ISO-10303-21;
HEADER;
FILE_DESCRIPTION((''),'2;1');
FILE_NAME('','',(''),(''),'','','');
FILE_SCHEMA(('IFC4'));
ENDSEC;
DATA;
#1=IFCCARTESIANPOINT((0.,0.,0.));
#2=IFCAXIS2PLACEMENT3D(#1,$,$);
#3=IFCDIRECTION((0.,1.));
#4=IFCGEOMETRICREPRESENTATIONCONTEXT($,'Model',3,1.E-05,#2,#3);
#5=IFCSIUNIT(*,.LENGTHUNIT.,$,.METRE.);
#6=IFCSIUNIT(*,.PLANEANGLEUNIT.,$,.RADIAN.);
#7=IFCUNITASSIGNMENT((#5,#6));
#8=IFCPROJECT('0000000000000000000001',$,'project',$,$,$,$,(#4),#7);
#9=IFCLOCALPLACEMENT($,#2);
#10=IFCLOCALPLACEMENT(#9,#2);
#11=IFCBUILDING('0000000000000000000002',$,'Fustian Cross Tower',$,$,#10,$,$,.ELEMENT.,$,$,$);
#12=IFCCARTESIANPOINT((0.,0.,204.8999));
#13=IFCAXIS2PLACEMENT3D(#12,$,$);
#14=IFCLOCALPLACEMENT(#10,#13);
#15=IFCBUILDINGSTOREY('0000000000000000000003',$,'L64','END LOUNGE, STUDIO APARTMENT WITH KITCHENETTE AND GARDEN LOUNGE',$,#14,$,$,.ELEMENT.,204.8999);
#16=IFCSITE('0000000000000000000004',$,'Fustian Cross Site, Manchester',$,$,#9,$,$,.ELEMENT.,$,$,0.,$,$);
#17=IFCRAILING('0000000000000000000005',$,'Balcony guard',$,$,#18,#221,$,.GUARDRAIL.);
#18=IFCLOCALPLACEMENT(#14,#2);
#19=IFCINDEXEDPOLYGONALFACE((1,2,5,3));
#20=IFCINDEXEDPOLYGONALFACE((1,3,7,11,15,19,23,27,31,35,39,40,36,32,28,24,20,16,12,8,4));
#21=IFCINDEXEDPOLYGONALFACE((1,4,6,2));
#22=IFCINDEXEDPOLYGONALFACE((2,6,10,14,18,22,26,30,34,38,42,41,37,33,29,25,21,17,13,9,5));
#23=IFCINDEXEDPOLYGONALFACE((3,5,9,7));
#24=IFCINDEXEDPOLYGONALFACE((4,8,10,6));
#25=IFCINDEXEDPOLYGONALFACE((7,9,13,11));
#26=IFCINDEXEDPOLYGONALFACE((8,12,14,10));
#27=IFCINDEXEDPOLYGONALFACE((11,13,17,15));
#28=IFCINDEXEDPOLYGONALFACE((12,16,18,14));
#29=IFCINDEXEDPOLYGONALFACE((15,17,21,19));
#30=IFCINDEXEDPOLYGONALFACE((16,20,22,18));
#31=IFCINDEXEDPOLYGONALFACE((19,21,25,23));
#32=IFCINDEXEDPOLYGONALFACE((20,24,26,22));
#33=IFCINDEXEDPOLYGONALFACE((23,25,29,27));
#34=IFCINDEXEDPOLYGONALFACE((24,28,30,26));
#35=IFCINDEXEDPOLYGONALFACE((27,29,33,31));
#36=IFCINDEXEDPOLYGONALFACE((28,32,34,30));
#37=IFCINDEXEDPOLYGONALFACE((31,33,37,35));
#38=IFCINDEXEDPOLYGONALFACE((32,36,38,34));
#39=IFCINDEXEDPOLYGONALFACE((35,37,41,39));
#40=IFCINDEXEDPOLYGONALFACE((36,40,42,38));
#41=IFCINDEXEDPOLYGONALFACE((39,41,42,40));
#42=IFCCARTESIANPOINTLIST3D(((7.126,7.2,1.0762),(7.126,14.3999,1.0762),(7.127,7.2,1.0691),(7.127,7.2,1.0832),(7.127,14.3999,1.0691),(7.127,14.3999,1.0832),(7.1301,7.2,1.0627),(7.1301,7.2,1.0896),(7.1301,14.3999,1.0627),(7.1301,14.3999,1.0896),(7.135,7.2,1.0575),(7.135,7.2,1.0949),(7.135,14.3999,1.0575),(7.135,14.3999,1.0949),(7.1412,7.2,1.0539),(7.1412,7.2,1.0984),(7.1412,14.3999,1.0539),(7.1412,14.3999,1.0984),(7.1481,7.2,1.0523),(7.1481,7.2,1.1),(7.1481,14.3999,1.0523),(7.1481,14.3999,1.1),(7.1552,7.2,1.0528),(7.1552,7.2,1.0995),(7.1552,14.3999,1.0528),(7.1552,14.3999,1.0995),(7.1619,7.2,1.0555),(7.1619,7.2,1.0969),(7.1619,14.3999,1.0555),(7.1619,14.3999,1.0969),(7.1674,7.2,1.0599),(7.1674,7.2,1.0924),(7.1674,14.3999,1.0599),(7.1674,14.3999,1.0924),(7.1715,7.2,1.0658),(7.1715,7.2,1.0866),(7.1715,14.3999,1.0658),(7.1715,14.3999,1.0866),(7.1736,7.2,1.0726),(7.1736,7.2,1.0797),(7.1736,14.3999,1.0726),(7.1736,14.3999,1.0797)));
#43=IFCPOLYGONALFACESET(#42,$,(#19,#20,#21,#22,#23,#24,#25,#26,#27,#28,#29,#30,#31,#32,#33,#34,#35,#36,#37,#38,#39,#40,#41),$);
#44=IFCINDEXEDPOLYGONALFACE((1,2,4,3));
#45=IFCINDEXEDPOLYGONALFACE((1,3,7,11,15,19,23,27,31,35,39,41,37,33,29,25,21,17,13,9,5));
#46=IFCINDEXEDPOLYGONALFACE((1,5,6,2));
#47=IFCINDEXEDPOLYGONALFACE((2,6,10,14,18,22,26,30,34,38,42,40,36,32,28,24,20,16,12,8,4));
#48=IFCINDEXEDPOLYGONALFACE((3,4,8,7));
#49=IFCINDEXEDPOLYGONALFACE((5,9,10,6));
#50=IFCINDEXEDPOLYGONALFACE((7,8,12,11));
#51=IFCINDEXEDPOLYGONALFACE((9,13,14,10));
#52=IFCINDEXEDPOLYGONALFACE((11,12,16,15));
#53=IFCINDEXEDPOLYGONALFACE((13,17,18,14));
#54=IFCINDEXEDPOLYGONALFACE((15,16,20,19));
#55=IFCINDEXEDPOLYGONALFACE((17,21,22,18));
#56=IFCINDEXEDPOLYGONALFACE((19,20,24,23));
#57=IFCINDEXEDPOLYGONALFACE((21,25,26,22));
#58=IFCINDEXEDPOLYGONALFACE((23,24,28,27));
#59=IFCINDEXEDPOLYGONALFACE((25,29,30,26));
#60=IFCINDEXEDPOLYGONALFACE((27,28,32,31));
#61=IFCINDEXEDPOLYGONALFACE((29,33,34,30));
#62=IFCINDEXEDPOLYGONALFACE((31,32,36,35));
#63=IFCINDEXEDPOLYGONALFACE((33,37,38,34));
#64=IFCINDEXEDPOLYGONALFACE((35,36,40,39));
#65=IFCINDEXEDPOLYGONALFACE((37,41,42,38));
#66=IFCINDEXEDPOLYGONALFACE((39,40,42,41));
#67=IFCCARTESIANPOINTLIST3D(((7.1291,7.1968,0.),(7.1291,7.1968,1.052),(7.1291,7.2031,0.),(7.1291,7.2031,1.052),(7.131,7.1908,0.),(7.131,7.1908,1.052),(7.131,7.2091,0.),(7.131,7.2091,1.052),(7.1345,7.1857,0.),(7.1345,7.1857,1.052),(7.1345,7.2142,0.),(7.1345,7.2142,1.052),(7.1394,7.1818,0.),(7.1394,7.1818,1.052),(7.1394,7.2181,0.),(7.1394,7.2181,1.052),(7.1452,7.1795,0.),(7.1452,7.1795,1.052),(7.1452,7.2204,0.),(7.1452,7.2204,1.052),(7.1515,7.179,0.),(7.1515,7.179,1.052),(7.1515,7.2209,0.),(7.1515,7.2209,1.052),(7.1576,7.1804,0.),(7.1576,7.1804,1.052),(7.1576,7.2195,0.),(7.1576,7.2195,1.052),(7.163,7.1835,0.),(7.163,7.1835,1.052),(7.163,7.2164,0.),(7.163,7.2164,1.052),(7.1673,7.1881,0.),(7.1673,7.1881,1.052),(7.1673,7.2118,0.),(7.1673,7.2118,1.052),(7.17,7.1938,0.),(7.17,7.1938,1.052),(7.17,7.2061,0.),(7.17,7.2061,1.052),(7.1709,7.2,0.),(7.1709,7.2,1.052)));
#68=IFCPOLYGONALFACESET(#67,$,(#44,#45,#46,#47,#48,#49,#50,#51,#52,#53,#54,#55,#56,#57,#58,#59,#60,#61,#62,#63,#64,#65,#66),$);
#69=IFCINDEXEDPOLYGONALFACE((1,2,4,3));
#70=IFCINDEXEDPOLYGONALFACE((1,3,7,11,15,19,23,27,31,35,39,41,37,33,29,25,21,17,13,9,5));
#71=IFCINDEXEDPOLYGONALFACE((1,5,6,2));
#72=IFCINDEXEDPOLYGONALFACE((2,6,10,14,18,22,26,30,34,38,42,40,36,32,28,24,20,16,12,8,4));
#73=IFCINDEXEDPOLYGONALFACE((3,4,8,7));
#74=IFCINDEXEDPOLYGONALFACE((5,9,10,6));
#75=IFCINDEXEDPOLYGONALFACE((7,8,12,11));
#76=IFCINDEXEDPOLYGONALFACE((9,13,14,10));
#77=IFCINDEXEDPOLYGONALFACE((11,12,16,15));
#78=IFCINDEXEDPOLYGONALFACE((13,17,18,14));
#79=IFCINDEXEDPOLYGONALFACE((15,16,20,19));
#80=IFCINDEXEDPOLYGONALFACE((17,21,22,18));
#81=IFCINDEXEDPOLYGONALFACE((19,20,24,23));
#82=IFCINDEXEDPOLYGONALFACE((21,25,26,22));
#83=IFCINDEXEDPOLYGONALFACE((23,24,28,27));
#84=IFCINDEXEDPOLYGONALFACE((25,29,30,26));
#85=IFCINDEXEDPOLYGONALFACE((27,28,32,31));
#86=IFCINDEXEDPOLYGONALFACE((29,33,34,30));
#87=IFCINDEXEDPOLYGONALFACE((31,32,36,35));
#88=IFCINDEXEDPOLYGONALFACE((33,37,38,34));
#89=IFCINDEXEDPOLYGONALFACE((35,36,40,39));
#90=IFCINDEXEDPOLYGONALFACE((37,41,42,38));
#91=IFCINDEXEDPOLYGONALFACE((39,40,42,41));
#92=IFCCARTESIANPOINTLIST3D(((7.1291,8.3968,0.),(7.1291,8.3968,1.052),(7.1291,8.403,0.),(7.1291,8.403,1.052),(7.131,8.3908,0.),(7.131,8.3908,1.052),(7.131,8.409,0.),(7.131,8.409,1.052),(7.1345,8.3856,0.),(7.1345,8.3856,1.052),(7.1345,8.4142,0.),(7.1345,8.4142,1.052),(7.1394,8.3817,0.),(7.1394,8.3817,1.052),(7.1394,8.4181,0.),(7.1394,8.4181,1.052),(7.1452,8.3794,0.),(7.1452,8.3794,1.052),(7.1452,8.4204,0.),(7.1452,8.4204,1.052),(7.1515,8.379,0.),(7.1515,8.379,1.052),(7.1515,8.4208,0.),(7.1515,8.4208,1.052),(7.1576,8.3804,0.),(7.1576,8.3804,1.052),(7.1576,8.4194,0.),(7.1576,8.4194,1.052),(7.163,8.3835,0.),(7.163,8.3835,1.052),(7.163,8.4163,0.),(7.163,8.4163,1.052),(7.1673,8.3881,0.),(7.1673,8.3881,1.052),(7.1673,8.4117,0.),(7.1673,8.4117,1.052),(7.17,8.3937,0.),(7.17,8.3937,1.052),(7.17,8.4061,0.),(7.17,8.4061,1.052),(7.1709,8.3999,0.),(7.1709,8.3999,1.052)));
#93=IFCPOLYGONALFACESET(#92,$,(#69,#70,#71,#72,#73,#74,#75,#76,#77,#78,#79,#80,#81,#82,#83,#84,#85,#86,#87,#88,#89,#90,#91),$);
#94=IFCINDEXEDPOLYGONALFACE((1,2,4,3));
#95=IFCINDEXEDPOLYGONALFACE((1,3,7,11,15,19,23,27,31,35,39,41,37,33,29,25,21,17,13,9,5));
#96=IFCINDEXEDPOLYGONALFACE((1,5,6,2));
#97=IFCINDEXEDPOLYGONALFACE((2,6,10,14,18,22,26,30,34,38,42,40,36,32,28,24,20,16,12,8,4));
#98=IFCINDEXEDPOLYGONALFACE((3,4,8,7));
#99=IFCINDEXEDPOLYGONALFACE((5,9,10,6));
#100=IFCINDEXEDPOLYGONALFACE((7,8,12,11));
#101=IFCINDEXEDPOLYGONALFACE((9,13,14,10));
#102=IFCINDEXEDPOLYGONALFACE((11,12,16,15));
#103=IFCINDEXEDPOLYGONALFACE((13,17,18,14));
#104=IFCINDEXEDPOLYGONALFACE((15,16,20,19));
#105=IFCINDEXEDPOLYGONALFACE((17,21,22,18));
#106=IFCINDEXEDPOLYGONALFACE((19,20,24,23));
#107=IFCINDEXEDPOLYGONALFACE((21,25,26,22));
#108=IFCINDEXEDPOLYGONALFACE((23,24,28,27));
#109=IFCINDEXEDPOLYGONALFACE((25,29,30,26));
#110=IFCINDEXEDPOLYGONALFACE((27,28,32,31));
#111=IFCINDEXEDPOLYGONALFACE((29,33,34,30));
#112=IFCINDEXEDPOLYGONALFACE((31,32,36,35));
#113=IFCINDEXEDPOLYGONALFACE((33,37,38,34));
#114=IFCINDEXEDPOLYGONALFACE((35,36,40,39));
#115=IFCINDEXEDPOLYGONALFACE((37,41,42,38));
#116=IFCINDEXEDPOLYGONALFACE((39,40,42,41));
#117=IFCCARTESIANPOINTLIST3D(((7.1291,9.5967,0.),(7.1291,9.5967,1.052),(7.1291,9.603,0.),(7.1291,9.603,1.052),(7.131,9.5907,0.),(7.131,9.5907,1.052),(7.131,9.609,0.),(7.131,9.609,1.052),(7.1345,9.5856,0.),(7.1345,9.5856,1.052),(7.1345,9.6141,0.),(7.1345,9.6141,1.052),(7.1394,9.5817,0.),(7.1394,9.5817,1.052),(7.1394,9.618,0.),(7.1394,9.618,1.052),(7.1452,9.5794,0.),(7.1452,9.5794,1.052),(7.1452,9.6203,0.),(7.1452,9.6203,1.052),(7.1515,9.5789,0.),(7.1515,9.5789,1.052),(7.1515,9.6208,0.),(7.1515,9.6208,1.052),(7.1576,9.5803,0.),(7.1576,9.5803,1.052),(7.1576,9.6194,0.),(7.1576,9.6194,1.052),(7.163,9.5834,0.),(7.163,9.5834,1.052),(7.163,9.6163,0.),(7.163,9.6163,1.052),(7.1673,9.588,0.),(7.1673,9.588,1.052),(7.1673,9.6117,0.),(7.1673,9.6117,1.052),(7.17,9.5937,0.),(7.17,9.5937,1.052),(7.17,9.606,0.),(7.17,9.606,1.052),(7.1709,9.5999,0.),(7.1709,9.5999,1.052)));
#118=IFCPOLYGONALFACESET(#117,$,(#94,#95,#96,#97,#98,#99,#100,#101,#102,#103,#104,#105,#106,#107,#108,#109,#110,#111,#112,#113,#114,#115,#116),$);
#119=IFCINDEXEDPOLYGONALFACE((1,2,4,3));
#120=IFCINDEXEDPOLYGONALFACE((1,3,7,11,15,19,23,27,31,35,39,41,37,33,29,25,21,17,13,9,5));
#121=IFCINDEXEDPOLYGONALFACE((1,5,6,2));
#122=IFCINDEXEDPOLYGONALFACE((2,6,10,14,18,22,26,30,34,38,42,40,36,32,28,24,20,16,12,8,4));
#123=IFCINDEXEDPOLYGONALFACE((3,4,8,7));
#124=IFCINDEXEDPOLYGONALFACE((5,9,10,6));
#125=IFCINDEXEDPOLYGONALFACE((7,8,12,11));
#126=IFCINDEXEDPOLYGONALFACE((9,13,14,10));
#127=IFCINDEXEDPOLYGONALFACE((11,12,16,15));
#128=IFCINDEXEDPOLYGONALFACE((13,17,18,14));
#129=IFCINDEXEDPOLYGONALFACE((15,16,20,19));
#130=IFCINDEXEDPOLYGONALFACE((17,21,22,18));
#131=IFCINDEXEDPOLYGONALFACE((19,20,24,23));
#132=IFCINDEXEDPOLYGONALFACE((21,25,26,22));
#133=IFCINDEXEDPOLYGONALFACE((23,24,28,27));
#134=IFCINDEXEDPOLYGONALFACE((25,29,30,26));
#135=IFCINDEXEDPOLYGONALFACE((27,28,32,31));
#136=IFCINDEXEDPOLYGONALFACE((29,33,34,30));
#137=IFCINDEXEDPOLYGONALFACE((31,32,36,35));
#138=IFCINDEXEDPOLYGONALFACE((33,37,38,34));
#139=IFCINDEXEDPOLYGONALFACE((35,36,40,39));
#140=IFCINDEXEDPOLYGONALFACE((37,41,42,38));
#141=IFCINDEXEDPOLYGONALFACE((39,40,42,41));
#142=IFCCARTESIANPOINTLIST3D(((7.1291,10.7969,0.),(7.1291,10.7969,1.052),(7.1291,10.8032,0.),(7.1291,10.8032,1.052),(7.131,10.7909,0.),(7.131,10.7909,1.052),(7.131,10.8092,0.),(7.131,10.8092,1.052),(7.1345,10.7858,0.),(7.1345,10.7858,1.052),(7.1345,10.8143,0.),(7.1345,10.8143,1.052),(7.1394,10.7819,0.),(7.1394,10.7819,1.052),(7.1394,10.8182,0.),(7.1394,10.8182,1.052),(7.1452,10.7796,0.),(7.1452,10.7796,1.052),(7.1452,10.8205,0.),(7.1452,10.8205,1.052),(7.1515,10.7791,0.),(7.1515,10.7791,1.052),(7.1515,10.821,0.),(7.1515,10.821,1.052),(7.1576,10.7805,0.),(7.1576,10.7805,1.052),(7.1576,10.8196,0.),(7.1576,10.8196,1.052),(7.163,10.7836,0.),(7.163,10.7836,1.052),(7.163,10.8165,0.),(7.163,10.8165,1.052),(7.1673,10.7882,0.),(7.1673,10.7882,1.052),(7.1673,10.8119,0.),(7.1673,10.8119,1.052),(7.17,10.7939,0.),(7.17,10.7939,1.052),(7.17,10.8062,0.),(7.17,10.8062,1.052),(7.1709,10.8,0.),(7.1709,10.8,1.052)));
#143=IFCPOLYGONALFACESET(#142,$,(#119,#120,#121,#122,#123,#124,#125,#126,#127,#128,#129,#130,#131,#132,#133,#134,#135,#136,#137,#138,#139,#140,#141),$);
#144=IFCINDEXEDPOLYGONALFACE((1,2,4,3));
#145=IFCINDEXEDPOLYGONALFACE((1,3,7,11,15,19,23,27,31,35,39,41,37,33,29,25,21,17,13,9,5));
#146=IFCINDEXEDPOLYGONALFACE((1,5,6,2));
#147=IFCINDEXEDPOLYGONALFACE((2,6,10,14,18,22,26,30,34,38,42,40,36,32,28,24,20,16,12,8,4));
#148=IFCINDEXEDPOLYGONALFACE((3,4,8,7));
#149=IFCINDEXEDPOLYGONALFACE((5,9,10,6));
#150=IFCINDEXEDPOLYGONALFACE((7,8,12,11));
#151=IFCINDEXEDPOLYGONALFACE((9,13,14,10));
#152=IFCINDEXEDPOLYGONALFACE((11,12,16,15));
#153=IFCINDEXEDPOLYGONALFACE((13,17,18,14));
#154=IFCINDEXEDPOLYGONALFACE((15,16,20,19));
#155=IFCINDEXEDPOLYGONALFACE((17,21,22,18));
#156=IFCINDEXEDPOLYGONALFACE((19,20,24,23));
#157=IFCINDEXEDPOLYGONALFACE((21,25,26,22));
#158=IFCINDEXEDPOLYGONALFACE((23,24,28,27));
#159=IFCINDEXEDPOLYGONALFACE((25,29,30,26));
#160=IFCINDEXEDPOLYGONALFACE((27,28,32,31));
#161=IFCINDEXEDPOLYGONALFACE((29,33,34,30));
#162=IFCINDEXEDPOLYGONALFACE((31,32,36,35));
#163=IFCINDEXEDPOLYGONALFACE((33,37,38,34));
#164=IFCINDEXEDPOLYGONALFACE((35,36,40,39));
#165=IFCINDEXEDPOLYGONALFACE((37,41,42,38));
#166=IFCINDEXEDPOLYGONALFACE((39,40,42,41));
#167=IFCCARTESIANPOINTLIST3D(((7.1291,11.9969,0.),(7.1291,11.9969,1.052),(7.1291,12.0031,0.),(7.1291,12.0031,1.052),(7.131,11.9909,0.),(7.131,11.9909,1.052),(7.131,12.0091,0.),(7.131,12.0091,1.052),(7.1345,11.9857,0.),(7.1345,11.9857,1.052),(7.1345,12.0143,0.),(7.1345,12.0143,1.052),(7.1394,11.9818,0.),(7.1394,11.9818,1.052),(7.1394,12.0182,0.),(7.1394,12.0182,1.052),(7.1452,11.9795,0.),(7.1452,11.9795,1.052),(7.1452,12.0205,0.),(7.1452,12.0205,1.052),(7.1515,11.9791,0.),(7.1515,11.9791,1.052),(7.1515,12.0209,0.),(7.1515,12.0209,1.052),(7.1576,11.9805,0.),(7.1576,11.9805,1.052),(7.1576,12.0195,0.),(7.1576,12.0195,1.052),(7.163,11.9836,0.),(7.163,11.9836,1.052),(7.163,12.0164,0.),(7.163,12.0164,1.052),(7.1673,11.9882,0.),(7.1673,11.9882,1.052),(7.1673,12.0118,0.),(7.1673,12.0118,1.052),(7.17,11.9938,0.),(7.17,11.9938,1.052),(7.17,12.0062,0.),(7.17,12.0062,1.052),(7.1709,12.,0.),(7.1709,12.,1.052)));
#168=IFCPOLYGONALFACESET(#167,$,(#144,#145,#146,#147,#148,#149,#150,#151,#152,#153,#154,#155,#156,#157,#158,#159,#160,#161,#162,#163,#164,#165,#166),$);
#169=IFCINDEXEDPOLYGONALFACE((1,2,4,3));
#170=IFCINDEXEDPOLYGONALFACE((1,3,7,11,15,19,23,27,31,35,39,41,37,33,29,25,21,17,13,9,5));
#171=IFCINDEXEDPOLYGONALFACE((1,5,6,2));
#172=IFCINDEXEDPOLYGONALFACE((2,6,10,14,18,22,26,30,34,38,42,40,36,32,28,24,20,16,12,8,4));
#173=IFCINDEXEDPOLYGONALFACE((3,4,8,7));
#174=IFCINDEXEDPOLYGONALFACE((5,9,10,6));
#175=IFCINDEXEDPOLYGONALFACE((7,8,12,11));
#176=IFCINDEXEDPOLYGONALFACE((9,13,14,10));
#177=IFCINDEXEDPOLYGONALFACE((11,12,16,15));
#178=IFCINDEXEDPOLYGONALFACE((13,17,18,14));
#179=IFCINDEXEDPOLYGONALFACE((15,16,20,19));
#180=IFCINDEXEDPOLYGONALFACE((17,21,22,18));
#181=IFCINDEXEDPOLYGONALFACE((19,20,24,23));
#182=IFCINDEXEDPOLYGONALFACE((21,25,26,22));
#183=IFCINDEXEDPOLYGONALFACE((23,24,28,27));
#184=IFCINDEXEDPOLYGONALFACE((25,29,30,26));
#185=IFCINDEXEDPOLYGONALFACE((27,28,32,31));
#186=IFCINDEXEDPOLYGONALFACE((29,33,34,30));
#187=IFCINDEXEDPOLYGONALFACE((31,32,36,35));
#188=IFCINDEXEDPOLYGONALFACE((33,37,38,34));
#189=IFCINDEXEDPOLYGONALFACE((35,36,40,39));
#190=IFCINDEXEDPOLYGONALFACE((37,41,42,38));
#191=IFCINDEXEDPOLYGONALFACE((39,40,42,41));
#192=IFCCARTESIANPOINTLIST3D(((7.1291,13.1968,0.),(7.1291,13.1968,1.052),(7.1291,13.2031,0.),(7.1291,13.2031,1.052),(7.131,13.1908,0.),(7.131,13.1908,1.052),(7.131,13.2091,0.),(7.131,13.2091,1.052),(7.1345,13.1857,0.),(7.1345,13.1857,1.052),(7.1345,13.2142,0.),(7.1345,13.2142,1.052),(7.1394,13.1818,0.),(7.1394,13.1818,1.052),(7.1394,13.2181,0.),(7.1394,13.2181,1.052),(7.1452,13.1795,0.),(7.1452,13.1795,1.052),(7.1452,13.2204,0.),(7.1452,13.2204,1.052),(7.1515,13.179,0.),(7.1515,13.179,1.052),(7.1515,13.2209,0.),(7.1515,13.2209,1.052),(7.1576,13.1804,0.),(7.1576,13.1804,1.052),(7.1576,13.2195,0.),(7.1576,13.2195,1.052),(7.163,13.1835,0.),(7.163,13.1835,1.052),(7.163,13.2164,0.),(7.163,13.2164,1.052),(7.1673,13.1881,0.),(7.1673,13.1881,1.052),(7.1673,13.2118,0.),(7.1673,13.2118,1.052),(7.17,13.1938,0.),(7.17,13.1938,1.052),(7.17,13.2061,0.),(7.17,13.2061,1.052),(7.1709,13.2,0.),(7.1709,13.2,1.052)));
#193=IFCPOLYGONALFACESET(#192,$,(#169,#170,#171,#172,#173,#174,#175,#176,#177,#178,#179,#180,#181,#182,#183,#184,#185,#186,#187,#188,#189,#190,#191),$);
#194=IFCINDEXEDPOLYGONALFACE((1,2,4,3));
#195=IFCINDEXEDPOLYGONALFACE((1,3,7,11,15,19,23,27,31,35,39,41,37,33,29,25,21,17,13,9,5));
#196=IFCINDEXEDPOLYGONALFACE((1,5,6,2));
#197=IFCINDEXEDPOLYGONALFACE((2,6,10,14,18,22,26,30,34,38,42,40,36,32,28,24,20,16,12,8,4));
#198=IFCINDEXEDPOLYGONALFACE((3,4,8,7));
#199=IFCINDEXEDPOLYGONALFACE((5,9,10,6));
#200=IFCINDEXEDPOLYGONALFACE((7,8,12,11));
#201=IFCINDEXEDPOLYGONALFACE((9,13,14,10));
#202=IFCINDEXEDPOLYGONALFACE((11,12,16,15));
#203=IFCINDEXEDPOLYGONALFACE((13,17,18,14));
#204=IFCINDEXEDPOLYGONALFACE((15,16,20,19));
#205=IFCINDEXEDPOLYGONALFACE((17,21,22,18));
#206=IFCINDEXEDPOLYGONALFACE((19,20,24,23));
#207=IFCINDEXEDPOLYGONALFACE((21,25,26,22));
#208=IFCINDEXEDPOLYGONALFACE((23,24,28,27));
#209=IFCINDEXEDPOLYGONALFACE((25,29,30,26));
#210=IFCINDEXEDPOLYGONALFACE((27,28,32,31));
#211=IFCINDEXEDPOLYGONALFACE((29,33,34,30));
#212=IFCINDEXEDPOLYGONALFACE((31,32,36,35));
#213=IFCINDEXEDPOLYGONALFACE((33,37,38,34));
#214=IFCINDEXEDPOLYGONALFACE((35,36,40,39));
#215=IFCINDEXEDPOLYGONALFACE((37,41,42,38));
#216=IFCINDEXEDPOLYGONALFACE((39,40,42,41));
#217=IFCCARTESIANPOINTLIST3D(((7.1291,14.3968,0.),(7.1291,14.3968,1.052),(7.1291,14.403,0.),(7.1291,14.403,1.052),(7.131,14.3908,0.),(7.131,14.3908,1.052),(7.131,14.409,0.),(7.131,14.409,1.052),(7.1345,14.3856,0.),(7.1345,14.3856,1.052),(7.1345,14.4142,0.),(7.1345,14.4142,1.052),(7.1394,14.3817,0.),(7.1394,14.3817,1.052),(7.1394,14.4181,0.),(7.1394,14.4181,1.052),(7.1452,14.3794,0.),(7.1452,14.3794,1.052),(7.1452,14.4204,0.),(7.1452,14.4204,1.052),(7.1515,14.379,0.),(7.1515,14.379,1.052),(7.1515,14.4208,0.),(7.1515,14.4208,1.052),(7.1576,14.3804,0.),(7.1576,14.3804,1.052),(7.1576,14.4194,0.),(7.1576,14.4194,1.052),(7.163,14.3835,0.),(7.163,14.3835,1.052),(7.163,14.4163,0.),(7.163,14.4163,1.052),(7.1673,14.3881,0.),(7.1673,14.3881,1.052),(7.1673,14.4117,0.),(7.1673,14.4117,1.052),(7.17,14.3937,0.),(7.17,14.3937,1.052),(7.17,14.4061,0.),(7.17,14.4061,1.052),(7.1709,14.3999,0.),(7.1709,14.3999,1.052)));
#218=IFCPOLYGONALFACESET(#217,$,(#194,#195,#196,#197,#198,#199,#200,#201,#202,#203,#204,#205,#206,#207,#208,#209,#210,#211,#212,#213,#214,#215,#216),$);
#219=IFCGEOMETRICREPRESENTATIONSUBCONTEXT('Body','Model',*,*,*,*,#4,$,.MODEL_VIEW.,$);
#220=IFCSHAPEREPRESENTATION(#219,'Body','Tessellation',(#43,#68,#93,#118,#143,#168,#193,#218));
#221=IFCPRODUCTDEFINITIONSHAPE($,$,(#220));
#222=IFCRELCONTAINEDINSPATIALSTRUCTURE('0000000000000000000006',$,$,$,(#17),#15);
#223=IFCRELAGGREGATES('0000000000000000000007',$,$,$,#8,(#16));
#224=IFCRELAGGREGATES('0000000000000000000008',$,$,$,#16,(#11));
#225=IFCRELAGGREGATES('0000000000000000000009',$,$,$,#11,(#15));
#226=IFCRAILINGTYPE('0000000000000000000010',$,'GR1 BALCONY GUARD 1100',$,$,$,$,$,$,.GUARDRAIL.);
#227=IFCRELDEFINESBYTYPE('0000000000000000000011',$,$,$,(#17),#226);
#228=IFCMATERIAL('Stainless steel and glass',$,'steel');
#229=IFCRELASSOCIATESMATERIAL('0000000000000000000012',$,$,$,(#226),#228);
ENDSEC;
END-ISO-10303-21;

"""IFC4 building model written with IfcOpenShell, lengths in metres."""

from ifc_helpers import new_model, si_unit, direction, frame, origin, origin_2d, place, context, subcontext, project, spatial, circle, extrude, material, type_object, element, save


model = new_model("IFC4")

# Units and contexts
model_context = context("Model", 3, precision=1e-05, world=origin(), true_north=direction((0.0, 1.0)))
body_context = subcontext(model_context, "Body", "Model", "MODEL_VIEW")
ifc_project = project(units=[si_unit("LENGTHUNIT", "METRE"), si_unit("PLANEANGLEUNIT", "RADIAN")], contexts=[model_context])

# Site, building, storey
site_placement = place(None, origin())
site = spatial("IfcSite", under=ifc_project, at=site_placement, Name="Fustian Cross Site, Manchester", CompositionType="ELEMENT", RefElevation=0.0)
building_placement = place(site_placement, origin())
building = spatial("IfcBuilding", under=site, at=building_placement, Name="Fustian Cross Tower", CompositionType="ELEMENT")
storey_placement = place(building_placement, frame((0.0, 0.0, 204.8999)))
storey = spatial("IfcBuildingStorey", under=building, at=storey_placement, Name="L64", Description="END LOUNGE, STUDIO APARTMENT WITH KITCHENETTE AND GARDEN LOUNGE", CompositionType="ELEMENT", Elevation=204.8999)

# Railing
ifc_material_1 = material(Name="Stainless steel and glass", Category="steel")
railing_type = type_object("IfcRailingType", Name="GR1 BALCONY GUARD 1100", PredefinedType="GUARDRAIL", material=ifc_material_1)
railing_placement = place(storey_placement, frame((7.1499, 7.2, 0.0)))
element("IfcRailing", 1, at=railing_placement, inside=storey, type_object=railing_type, Name="Balcony guard", PredefinedType="GUARDRAIL", context=body_context, shape_type="SweptSolid", body=[
    extrude(circle(Radius=0.0239, at=origin_2d()), frame((0.0, 0.0, 1.0762), z_axis=(0.0, 1.0, 0.0), x_axis=(-1.0, 0.0, 0.0)), (0.0, 0.0, 1.0), 7.2),
    extrude(circle(Radius=0.021, at=origin_2d()), origin(), (0.0, 0.0, 1.0), 1.052),
    extrude(circle(Radius=0.021, at=origin_2d()), frame((0.0, 1.2, 0.0)), (0.0, 0.0, 1.0), 1.052),
    extrude(circle(Radius=0.021, at=origin_2d()), frame((0.0, 2.3999, 0.0)), (0.0, 0.0, 1.0), 1.052),
    extrude(circle(Radius=0.021, at=origin_2d()), frame((0.0, 3.6001, 0.0)), (0.0, 0.0, 1.0), 1.052),
    extrude(circle(Radius=0.021, at=origin_2d()), frame((0.0, 4.8, 0.0)), (0.0, 0.0, 1.0), 1.052),
    extrude(circle(Radius=0.021, at=origin_2d()), frame((0.0, 6.0, 0.0)), (0.0, 0.0, 1.0), 1.052),
    extrude(circle(Radius=0.021, at=origin_2d()), frame((0.0, 7.2, 0.0)), (0.0, 0.0, 1.0), 1.052),
])

save(model, "model.ifc")
